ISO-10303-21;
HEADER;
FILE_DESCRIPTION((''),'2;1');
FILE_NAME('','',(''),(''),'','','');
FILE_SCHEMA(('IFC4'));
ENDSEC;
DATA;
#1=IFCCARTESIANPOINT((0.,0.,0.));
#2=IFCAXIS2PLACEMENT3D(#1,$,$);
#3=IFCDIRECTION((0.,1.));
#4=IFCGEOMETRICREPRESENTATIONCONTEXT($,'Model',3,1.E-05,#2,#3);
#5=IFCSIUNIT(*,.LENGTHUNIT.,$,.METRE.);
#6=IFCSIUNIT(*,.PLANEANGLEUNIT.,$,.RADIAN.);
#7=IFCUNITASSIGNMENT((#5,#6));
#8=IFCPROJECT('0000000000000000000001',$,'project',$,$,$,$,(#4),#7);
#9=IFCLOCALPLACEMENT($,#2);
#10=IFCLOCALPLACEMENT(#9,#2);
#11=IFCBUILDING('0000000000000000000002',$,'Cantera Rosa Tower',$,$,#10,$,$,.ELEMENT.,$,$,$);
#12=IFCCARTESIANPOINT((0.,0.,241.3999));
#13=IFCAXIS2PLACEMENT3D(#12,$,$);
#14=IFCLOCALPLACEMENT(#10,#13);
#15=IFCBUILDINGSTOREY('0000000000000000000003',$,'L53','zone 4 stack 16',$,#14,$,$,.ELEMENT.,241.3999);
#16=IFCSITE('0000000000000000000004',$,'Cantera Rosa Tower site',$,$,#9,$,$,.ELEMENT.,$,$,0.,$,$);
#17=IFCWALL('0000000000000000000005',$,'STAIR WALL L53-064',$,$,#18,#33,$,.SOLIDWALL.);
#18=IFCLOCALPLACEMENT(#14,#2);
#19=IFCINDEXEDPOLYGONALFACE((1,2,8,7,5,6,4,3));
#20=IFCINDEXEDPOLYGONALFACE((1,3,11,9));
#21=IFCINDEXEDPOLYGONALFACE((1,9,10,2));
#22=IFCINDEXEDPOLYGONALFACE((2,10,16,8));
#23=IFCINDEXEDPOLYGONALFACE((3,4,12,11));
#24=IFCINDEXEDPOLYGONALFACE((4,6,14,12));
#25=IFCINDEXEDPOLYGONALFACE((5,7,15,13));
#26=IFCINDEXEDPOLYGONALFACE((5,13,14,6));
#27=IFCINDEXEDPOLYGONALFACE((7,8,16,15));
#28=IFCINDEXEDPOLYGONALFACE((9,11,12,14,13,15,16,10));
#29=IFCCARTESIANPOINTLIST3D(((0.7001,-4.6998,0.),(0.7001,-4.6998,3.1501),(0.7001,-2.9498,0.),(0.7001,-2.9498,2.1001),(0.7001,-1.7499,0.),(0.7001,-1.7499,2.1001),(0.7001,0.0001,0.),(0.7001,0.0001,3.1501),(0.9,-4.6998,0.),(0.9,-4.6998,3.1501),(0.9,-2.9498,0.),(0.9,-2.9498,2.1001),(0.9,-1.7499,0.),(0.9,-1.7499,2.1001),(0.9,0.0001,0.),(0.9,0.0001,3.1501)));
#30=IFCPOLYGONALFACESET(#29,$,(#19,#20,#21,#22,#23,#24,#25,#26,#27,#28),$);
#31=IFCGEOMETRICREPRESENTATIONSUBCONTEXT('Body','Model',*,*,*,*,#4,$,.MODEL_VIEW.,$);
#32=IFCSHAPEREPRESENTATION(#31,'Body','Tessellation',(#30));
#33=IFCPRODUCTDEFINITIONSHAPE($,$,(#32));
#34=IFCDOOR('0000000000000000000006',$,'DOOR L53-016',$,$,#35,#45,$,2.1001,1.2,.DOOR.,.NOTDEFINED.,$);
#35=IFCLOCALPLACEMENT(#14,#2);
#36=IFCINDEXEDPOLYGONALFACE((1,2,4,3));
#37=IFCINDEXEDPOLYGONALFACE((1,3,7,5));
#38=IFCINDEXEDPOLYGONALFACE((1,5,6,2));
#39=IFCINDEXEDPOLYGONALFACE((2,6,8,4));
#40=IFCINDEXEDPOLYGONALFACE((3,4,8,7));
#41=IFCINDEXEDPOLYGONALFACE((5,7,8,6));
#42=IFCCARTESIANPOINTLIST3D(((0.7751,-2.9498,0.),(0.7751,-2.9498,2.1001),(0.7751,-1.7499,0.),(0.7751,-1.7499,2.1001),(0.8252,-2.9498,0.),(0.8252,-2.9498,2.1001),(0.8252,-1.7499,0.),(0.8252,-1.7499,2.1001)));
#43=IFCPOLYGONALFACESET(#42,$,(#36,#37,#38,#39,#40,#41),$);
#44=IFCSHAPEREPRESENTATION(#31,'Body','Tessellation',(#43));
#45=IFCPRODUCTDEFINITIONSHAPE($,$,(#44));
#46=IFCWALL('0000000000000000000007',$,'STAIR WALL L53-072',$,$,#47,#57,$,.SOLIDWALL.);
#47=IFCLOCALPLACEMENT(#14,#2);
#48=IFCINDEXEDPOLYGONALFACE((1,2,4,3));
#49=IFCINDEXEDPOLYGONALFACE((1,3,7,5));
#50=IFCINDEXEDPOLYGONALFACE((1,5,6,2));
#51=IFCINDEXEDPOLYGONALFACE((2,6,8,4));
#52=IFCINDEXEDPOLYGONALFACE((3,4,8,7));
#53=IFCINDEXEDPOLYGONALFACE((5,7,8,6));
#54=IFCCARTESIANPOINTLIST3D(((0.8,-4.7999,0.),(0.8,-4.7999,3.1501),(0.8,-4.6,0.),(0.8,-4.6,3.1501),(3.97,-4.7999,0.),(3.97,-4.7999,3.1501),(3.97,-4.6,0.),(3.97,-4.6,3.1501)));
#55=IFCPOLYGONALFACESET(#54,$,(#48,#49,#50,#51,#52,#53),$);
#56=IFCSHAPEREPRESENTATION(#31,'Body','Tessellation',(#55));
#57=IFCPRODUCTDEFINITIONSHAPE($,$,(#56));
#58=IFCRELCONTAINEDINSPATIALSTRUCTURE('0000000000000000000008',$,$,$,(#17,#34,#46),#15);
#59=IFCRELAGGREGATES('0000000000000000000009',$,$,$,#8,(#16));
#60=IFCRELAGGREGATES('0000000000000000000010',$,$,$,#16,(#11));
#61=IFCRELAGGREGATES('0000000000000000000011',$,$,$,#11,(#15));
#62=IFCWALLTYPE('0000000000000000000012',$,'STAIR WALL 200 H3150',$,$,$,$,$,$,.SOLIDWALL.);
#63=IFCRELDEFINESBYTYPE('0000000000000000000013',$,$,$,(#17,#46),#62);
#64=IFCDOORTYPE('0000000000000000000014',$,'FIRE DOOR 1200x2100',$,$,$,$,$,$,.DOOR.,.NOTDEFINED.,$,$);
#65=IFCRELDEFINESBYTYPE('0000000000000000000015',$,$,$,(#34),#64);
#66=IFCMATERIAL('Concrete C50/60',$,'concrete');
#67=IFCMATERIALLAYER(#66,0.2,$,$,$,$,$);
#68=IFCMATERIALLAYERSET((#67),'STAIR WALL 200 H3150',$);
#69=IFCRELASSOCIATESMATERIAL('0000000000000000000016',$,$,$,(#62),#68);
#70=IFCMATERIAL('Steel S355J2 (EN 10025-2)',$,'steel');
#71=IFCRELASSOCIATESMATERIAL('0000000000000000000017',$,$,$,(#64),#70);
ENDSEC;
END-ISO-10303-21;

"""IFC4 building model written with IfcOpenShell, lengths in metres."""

from ifc_helpers import new_model, si_unit, direction, frame, frame_2d, origin, place, context, subcontext, project, spatial, rectangle, extrude, material, layer, layer_set, type_object, element, fill, save


model = new_model("IFC4")

# Units and contexts
model_context = context("Model", 3, precision=1e-05, world=origin(), true_north=direction((0.0, 1.0)))
body_context = subcontext(model_context, "Body", "Model", "MODEL_VIEW")
ifc_project = project(units=[si_unit("LENGTHUNIT", "METRE"), si_unit("PLANEANGLEUNIT", "RADIAN")], contexts=[model_context])

# Site, building, storey
site_placement = place(None, origin())
site = spatial("IfcSite", under=ifc_project, at=site_placement, Name="Cantera Rosa Tower site", CompositionType="ELEMENT", RefElevation=0.0)
building_placement = place(site_placement, origin())
building = spatial("IfcBuilding", under=site, at=building_placement, Name="Cantera Rosa Tower", CompositionType="ELEMENT")
storey_placement = place(building_placement, frame((0.0, 0.0, 241.3999)))
storey = spatial("IfcBuildingStorey", under=building, at=storey_placement, Name="L53", Description="zone 4 stack 16", CompositionType="ELEMENT", Elevation=241.3999)

# Wall, opening, door
ifc_material_1 = material(Name="Concrete C50/60", Category="concrete")
ifc_layer_1 = layer(ifc_material_1, 0.2)
ifc_layer_set_1 = layer_set([ifc_layer_1], Name="STAIR WALL 200 H3150")
wall_type_1 = type_object("IfcWallType", Name="STAIR WALL 200 H3150", PredefinedType="SOLIDWALL", material=ifc_layer_set_1)
wall_1_placement = place(storey_placement, frame((0.8, -4.7, 0.0), z_axis=(0.0, 0.0, 1.0), x_axis=(0.0, 1.0, 0.0)))
wall_1 = element("IfcWall", 1, at=wall_1_placement, inside=storey, type_object=wall_type_1, Name="STAIR WALL L53-064", PredefinedType="SOLIDWALL", context=body_context, shape_type="SweptSolid", body=[
    extrude(rectangle(XDim=4.7, YDim=0.2, at=frame_2d((2.3501, 0.0))), origin(), (0.0, 0.0, 1.0), 3.1501),
])
opening_1_placement = place(wall_1_placement, frame((1.75, 0.0, 0.0)))
opening_1 = element("IfcOpeningElement", 2, at=opening_1_placement, cuts=wall_1, PredefinedType="OPENING", context=body_context, shape_type="SweptSolid", body=[
    extrude(rectangle(XDim=1.2, YDim=2.1001, at=frame_2d((0.6001, 1.05))), frame((0.0, 0.1099, 0.0), z_axis=(0.0, -1.0, 0.0), x_axis=(1.0, 0.0, 0.0)), (0.0, 0.0, 1.0), 0.22),
])
ifc_material_2 = material(Name="Steel S355J2 (EN 10025-2)", Category="steel")
door_type_1 = type_object("IfcDoorType", Name="FIRE DOOR 1200x2100", OperationType="NOTDEFINED", PredefinedType="DOOR", material=ifc_material_2)
door_1_placement = place(opening_1_placement, origin())
door_1 = element("IfcDoor", 3, at=door_1_placement, inside=storey, type_object=door_type_1, Name="DOOR L53-016", OperationType="NOTDEFINED", OverallHeight=2.1001, OverallWidth=1.2, PredefinedType="DOOR", context=body_context, shape_type="SweptSolid", body=[
    extrude(rectangle(XDim=1.2, YDim=2.1001, at=frame_2d((0.6001, 1.05))), frame((0.0, 0.0249, 0.0), z_axis=(0.0, -1.0, 0.0), x_axis=(1.0, 0.0, 0.0)), (0.0, 0.0, 1.0), 0.05),
])
fill(opening_1, door_1)

# Wall
wall_2_placement = place(storey_placement, frame((3.97, -4.7, 0.0), z_axis=(0.0, 0.0, 1.0), x_axis=(-1.0, 0.0, 0.0)))
element("IfcWall", 4, at=wall_2_placement, inside=storey, type_object=wall_type_1, Name="STAIR WALL L53-072", PredefinedType="SOLIDWALL", context=body_context, shape_type="SweptSolid", body=[
    extrude(rectangle(XDim=3.1699, YDim=0.2, at=frame_2d((1.585, 0.0))), origin(), (0.0, 0.0, 1.0), 3.1501),
])

save(model, "model.ifc")
